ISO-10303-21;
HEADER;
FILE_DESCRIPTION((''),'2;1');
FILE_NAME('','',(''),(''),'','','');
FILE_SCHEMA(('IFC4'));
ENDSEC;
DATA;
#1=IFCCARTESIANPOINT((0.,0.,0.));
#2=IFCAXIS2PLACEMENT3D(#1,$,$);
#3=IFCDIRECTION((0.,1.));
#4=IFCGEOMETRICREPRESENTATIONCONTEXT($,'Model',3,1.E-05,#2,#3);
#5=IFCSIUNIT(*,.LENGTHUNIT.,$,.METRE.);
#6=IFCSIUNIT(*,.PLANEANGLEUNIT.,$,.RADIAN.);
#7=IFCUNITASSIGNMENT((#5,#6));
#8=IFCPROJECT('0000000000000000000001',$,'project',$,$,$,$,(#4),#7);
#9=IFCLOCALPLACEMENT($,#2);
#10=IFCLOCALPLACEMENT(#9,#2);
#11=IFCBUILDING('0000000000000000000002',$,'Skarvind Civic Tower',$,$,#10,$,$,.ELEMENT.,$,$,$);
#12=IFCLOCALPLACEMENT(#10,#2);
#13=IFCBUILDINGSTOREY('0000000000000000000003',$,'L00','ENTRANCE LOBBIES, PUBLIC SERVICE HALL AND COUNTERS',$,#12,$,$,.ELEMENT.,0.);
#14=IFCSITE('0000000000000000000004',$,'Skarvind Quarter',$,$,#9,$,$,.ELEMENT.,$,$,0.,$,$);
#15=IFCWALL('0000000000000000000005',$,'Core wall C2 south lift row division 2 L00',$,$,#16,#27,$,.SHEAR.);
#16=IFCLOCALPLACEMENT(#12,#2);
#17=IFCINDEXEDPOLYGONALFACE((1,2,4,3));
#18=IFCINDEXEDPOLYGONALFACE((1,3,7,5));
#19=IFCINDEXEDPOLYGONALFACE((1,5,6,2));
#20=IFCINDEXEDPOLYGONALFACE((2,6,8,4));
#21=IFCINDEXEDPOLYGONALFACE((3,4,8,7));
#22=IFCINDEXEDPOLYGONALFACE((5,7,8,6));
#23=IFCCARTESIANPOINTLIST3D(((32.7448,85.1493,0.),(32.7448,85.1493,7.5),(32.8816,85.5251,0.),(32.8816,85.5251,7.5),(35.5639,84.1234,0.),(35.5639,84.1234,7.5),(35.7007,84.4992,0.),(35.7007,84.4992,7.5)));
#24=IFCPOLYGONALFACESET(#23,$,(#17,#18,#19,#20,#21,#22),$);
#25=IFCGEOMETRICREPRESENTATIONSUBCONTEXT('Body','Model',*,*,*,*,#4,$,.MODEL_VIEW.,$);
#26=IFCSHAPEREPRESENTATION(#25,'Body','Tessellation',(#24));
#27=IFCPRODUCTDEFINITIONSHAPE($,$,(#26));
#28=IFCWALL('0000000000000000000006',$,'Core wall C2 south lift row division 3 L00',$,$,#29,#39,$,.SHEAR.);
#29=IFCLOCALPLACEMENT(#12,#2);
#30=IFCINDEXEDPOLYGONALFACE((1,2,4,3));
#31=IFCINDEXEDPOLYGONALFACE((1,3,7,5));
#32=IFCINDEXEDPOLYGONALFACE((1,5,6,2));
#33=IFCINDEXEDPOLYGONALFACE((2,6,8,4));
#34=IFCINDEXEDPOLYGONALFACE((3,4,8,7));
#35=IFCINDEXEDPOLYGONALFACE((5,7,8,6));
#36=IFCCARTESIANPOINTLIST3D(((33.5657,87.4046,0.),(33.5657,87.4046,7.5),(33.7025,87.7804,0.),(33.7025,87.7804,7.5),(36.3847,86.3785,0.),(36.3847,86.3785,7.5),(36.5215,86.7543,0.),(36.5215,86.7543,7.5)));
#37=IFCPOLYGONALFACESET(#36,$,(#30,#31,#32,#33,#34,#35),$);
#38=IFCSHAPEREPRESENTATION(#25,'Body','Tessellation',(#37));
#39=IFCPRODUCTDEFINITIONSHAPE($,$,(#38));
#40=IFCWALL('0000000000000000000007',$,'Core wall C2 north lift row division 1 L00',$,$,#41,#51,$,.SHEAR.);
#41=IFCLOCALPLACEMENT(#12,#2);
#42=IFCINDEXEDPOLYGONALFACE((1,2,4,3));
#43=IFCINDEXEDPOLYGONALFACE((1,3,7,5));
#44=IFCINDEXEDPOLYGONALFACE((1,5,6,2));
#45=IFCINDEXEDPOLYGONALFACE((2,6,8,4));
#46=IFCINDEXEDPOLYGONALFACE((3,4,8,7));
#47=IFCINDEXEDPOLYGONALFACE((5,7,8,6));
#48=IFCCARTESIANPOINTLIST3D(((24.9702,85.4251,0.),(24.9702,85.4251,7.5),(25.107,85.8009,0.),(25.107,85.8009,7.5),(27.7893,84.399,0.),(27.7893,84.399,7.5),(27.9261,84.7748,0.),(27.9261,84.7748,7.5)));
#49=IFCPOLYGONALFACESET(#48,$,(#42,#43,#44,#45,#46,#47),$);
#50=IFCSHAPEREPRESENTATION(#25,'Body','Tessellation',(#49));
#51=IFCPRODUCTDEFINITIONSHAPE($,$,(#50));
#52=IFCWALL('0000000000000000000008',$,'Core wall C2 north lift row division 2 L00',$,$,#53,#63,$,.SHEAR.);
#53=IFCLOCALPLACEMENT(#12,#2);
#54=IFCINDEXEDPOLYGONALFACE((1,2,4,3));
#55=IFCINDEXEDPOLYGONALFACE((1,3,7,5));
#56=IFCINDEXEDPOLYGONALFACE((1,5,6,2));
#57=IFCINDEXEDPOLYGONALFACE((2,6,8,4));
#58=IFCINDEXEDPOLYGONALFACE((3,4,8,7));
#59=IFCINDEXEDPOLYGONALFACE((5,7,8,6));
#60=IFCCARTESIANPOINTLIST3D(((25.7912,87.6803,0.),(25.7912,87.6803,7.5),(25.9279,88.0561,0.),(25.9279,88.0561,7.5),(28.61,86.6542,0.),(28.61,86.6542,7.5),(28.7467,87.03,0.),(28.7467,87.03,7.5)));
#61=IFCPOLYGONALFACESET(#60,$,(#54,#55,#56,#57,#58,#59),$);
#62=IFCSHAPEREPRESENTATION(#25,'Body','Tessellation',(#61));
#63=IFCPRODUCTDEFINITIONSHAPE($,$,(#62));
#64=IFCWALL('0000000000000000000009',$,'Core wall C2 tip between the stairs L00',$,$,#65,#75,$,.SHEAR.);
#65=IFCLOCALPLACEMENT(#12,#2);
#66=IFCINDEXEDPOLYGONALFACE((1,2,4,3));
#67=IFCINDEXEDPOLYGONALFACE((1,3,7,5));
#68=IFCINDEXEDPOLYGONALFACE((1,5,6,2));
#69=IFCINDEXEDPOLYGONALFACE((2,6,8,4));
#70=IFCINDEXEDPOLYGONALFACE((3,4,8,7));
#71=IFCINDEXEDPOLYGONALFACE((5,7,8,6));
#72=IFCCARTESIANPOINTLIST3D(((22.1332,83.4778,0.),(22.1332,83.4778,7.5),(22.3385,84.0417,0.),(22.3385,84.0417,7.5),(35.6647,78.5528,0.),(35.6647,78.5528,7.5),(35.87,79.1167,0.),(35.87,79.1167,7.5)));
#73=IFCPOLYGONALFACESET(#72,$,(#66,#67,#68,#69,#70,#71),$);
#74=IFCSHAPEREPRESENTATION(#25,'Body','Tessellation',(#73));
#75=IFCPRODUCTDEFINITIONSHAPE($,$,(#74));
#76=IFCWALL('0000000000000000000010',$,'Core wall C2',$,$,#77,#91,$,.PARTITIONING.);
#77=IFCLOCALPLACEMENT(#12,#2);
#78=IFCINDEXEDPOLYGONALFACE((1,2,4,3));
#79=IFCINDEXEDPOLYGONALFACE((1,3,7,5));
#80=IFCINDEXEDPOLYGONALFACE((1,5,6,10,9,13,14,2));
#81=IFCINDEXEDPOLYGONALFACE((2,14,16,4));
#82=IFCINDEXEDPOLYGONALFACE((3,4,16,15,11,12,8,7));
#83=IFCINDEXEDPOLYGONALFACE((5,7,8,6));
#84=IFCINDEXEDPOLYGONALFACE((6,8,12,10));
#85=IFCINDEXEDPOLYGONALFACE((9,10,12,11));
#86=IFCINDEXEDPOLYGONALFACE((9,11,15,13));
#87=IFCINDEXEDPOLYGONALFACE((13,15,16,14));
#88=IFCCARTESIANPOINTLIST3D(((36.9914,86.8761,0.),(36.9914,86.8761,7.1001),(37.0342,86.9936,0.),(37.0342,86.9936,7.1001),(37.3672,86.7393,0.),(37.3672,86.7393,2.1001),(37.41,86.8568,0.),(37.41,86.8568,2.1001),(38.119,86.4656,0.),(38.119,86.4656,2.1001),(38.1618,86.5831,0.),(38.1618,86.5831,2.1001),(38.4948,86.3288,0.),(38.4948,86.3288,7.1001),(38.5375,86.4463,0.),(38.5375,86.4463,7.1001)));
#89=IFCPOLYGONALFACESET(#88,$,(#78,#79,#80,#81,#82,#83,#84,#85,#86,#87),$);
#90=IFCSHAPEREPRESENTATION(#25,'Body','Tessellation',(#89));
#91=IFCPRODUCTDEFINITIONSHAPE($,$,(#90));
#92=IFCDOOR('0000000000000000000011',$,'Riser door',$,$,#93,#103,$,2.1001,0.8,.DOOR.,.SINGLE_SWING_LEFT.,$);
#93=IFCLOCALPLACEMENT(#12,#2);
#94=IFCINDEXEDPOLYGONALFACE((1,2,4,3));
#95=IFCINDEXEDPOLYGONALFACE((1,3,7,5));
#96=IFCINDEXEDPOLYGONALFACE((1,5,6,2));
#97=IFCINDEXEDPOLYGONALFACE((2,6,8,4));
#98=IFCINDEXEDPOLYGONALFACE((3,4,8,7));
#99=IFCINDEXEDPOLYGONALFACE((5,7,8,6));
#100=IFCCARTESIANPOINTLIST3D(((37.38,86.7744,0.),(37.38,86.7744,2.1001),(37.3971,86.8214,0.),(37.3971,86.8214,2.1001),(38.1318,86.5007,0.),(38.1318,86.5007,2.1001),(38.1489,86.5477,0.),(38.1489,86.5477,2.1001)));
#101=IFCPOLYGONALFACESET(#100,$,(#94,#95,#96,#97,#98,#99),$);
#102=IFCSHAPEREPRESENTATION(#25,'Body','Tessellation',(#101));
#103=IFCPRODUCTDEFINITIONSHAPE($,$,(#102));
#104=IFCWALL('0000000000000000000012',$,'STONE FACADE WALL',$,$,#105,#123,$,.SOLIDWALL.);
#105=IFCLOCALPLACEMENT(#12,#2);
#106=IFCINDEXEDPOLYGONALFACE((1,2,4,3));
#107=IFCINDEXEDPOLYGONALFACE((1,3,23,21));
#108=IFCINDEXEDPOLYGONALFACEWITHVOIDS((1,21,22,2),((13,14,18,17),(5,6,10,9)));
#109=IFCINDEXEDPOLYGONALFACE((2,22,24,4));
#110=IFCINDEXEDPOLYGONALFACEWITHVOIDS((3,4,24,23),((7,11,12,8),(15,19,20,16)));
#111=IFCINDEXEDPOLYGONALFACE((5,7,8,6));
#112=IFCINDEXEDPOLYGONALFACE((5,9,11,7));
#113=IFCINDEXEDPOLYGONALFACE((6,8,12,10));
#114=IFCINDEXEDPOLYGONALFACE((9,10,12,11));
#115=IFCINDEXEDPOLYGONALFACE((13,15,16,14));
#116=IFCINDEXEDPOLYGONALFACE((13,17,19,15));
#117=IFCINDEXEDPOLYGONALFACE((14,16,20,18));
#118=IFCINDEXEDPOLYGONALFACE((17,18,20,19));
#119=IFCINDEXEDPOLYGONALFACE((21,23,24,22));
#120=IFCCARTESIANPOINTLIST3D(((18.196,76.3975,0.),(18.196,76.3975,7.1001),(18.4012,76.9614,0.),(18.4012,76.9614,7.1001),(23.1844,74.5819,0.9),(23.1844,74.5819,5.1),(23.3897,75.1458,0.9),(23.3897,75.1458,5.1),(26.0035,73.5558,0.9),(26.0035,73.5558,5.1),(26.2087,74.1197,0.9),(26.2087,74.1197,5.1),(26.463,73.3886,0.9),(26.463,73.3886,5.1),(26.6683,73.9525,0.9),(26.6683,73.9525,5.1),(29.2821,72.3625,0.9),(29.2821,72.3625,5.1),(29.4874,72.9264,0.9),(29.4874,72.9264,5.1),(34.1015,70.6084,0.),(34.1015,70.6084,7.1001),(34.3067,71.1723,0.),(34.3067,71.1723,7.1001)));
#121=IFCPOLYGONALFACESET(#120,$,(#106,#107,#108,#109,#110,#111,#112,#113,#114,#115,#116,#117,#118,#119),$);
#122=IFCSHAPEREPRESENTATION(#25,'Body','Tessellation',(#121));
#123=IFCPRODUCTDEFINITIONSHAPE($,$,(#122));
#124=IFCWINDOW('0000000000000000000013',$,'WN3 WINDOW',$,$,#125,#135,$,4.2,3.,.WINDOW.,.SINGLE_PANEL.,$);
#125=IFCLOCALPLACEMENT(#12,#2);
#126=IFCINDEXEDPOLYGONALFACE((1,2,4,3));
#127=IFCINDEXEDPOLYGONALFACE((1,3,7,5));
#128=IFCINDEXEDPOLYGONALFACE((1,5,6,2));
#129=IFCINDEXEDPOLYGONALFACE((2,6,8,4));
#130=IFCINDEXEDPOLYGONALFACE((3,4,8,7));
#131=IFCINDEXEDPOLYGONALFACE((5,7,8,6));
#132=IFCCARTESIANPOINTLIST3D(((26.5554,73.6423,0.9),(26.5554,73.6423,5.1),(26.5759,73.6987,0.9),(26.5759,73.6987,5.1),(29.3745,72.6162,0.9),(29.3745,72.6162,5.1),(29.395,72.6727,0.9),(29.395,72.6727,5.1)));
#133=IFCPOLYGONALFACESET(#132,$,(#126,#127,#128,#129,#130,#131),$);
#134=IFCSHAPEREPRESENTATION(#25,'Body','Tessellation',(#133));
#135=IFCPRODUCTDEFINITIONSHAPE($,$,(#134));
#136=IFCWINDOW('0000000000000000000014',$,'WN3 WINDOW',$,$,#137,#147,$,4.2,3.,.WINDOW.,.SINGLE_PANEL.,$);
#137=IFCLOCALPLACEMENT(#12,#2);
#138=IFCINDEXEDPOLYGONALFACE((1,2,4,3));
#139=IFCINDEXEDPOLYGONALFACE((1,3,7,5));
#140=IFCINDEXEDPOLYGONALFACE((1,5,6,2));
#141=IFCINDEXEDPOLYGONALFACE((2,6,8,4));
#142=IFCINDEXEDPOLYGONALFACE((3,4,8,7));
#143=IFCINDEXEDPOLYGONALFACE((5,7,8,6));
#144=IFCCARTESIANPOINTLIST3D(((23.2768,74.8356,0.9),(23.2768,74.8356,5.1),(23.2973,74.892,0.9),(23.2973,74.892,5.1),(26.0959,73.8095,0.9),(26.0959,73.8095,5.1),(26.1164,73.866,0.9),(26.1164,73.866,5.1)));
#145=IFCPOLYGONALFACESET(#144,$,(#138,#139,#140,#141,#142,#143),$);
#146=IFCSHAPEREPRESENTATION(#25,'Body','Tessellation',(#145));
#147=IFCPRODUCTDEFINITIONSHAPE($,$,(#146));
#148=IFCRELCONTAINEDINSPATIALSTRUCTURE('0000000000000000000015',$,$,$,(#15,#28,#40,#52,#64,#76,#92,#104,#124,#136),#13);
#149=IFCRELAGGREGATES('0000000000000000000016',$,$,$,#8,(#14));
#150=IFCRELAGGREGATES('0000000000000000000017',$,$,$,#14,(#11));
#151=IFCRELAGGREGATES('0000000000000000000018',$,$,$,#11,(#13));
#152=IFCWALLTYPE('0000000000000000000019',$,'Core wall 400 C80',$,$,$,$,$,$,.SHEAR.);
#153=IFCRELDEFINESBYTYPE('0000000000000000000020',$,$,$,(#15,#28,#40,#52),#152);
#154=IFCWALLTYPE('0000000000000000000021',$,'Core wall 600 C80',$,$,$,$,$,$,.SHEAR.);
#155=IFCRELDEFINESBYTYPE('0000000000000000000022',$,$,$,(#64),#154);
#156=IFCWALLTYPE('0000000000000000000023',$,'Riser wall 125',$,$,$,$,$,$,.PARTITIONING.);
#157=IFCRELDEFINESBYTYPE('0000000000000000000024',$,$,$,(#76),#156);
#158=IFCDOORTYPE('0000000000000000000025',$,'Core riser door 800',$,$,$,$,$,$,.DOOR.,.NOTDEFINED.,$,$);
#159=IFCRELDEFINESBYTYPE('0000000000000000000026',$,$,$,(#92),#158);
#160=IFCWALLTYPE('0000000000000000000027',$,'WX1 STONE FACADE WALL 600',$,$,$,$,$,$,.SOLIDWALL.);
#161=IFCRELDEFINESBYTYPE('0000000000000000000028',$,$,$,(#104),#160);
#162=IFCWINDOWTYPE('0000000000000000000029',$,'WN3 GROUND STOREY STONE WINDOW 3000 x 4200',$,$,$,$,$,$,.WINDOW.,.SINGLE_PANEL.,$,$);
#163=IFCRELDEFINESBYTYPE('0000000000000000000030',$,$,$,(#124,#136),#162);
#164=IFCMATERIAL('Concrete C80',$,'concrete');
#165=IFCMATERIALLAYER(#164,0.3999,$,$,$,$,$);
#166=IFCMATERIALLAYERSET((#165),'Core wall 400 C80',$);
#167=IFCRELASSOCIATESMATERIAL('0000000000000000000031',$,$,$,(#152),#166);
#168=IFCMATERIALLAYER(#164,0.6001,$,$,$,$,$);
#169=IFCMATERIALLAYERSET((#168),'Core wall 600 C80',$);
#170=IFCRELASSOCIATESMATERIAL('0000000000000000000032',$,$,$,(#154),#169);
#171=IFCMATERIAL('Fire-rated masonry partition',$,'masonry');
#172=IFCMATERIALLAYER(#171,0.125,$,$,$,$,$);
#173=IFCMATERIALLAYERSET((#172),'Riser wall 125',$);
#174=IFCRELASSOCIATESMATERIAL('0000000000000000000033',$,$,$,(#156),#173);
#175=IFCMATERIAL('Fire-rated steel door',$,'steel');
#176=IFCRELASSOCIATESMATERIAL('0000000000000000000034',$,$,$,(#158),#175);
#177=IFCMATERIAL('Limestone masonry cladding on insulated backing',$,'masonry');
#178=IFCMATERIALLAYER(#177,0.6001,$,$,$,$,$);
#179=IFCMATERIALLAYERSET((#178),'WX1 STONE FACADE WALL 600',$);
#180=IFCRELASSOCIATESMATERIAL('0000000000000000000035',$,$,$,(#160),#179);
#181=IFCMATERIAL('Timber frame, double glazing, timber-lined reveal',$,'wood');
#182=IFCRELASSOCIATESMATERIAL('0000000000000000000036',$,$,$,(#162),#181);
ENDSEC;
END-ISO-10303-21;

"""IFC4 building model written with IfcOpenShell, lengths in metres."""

from ifc_helpers import new_model, si_unit, direction, frame, frame_2d, origin, place, context, subcontext, project, spatial, rectangle, extrude, material, layer, layer_set, type_object, element, fill, save


model = new_model("IFC4")

# Units and contexts
model_context = context("Model", 3, precision=1e-05, world=origin(), true_north=direction((0.0, 1.0)))
body_context = subcontext(model_context, "Body", "Model", "MODEL_VIEW")
ifc_project = project(units=[si_unit("LENGTHUNIT", "METRE"), si_unit("PLANEANGLEUNIT", "RADIAN")], contexts=[model_context])

# Site, building, storey
site_placement = place(None, origin())
site = spatial("IfcSite", under=ifc_project, at=site_placement, Name="Skarvind Quarter", CompositionType="ELEMENT", RefElevation=0.0)
building_placement = place(site_placement, origin())
building = spatial("IfcBuilding", under=site, at=building_placement, Name="Skarvind Civic Tower", CompositionType="ELEMENT")
storey_placement = place(building_placement, origin())
storey = spatial("IfcBuildingStorey", under=building, at=storey_placement, Name="L00", Description="ENTRANCE LOBBIES, PUBLIC SERVICE HALL AND COUNTERS", CompositionType="ELEMENT", Elevation=0.0)

# Shared definitions
ifc_material_1 = material(Name="Concrete C80", Category="concrete")
ifc_layer_1 = layer(ifc_material_1, 0.3999)
ifc_layer_set_1 = layer_set([ifc_layer_1], Name="Core wall 400 C80")
wall_type_1 = type_object("IfcWallType", Name="Core wall 400 C80", PredefinedType="SHEAR", material=ifc_layer_set_1)

# Walls
for number, where, z_axis, x_axis, name in (
    (1, (35.6323, 84.3113, 0.0), (0.0, 0.0, 1.0), (-0.939713, 0.341965, 0.0), "Core wall C2 south lift row division 2 L00"),
    (2, (36.4531, 86.5664, 0.0), (0.0, 0.0, 1.0), (-0.939686, 0.342037, 0.0), "Core wall C2 south lift row division 3 L00"),
    (3, (27.8577, 84.5869, 0.0), (0.0, 0.0, 1.0), (-0.939686, 0.342037, 0.0), "Core wall C2 north lift row division 1 L00"),
):
    element("IfcWall", number, at=place(storey_placement, frame(where, z_axis=z_axis, x_axis=x_axis)), inside=storey, type_object=wall_type_1, Name=name, PredefinedType="SHEAR", context=body_context, shape_type="SweptSolid", body=[
        extrude(rectangle(XDim=3.0, YDim=0.3999, at=frame_2d((1.5, 0.0))), origin(), (0.0, 0.0, 1.0), 7.5),
    ])
wall_1_placement = place(storey_placement, frame((28.6785, 86.842, 0.0), z_axis=(0.0, 0.0, 1.0), x_axis=(-0.939677, 0.342063, 0.0)))
element("IfcWall", 4, at=wall_1_placement, inside=storey, type_object=wall_type_1, Name="Core wall C2 north lift row division 2 L00", PredefinedType="SHEAR", context=body_context, shape_type="SweptSolid", body=[
    extrude(rectangle(XDim=2.9998, YDim=0.3999, at=frame_2d((1.5, 0.0))), origin(), (0.0, 0.0, 1.0), 7.5),
])
ifc_layer_2 = layer(ifc_material_1, 0.6001)
ifc_layer_set_2 = layer_set([ifc_layer_2], Name="Core wall 600 C80")
wall_type_2 = type_object("IfcWallType", Name="Core wall 600 C80", PredefinedType="SHEAR", material=ifc_layer_set_2)
wall_2_placement = place(storey_placement, frame((35.7673, 78.8347, 0.0), z_axis=(0.0, 0.0, 1.0), x_axis=(-0.939693, 0.342019, 0.0)))
element("IfcWall", 5, at=wall_2_placement, inside=storey, type_object=wall_type_2, Name="Core wall C2 tip between the stairs L00", PredefinedType="SHEAR", context=body_context, shape_type="SweptSolid", body=[
    extrude(rectangle(XDim=14.3999, YDim=0.6001, at=frame_2d((7.2, 0.0))), origin(), (0.0, 0.0, 1.0), 7.5),
])

# Wall, opening, door
ifc_material_2 = material(Name="Fire-rated masonry partition", Category="masonry")
ifc_layer_3 = layer(ifc_material_2, 0.125)
ifc_layer_set_3 = layer_set([ifc_layer_3], Name="Riser wall 125")
wall_type_3 = type_object("IfcWallType", Name="Riser wall 125", PredefinedType="PARTITIONING", material=ifc_layer_set_3)
wall_3_placement = place(storey_placement, frame((37.0129, 86.9348, 0.0), z_axis=(0.0, 0.0, 1.0), x_axis=(0.93966, -0.342111, 0.0)))
wall_3 = element("IfcWall", 6, at=wall_3_placement, inside=storey, type_object=wall_type_3, Name="Core wall C2", PredefinedType="PARTITIONING", context=body_context, shape_type="SweptSolid", body=[
    extrude(rectangle(XDim=1.5999, YDim=0.125, at=frame_2d((0.7998, 0.0))), origin(), (0.0, 0.0, 1.0), 7.1001),
])
opening_1_placement = place(wall_3_placement, frame((0.3999, 0.0, 0.0)))
opening_1 = element("IfcOpeningElement", 7, at=opening_1_placement, cuts=wall_3, PredefinedType="OPENING", context=body_context, shape_type="SweptSolid", body=[
    extrude(rectangle(XDim=0.8, YDim=2.1001, at=frame_2d((0.3999, 1.05))), frame((0.0, 0.0725, 0.0), z_axis=(0.0, -1.0, 0.0), x_axis=(1.0, 0.0, 0.0)), (0.0, 0.0, 1.0), 0.145),
])
ifc_material_3 = material(Name="Fire-rated steel door", Category="steel")
door_type_1 = type_object("IfcDoorType", Name="Core riser door 800", OperationType="NOTDEFINED", PredefinedType="DOOR", material=ifc_material_3)
door_1_placement = place(opening_1_placement, origin())
door_1 = element("IfcDoor", 8, at=door_1_placement, inside=storey, type_object=door_type_1, Name="Riser door", OperationType="SINGLE_SWING_LEFT", OverallHeight=2.1001, OverallWidth=0.8, PredefinedType="DOOR", context=body_context, shape_type="SweptSolid", body=[
    extrude(rectangle(XDim=0.8, YDim=2.1001, at=frame_2d((0.3999, 1.05))), frame((0.0, 0.0249, 0.0), z_axis=(0.0, -1.0, 0.0), x_axis=(1.0, 0.0, 0.0)), (0.0, 0.0, 1.0), 0.05),
])
fill(opening_1, door_1)

# Wall, openings, windows
ifc_material_4 = material(Name="Limestone masonry cladding on insulated backing", Category="masonry")
ifc_layer_4 = layer(ifc_material_4, 0.6001)
ifc_layer_set_4 = layer_set([ifc_layer_4], Name="WX1 STONE FACADE WALL 600")
wall_type_4 = type_object("IfcWallType", Name="WX1 STONE FACADE WALL 600", PredefinedType="SOLIDWALL", material=ifc_layer_set_4)
wall_4_placement = place(storey_placement, frame((34.2041, 70.8904, 0.0), z_axis=(0.0, 0.0, 1.0), x_axis=(-0.939694, 0.342016, 0.0)))
wall_4 = element("IfcWall", 9, at=wall_4_placement, inside=storey, type_object=wall_type_4, Name="STONE FACADE WALL", PredefinedType="SOLIDWALL", context=body_context, shape_type="SweptSolid", body=[
    extrude(rectangle(XDim=16.9263, YDim=0.6001, at=frame_2d((8.4631, 0.0))), origin(), (0.0, 0.0, 1.0), 7.1001),
])
opening_2_placement = place(wall_4_placement, frame((5.1287, 0.0, 0.8999)))
opening_2 = element("IfcOpeningElement", 10, at=opening_2_placement, cuts=wall_4, PredefinedType="OPENING", context=body_context, shape_type="SweptSolid", body=[
    extrude(rectangle(XDim=3.0, YDim=4.2, at=frame_2d((1.5, 2.1001))), frame((0.0, 0.3101, 0.0), z_axis=(0.0, -1.0, 0.0), x_axis=(1.0, 0.0, 0.0)), (0.0, 0.0, 1.0), 0.6201),
])
opening_3_placement = place(wall_4_placement, frame((8.6177, 0.0, 0.8999)))
opening_3 = element("IfcOpeningElement", 11, at=opening_3_placement, cuts=wall_4, PredefinedType="OPENING", context=body_context, shape_type="SweptSolid", body=[
    extrude(rectangle(XDim=3.0, YDim=4.2, at=frame_2d((1.5, 2.1001))), frame((0.0, 0.3101, 0.0), z_axis=(0.0, -1.0, 0.0), x_axis=(1.0, 0.0, 0.0)), (0.0, 0.0, 1.0), 0.6201),
])
ifc_material_5 = material(Name="Timber frame, double glazing, timber-lined reveal", Category="wood")
window_type = type_object("IfcWindowType", Name="WN3 GROUND STOREY STONE WINDOW 3000 x 4200", PartitioningType="SINGLE_PANEL", PredefinedType="WINDOW", material=ifc_material_5)
window_1_placement = place(opening_2_placement, origin())
window_1 = element("IfcWindow", 12, at=window_1_placement, inside=storey, type_object=window_type, Name="WN3 WINDOW", OverallHeight=4.2, OverallWidth=3.0, PartitioningType="SINGLE_PANEL", PredefinedType="WINDOW", context=body_context, shape_type="SweptSolid", body=[
    extrude(rectangle(XDim=3.0, YDim=4.2, at=frame_2d((1.5, 2.1001))), frame((0.0, 0.03, 0.0), z_axis=(0.0, -1.0, 0.0), x_axis=(1.0, 0.0, 0.0)), (0.0, 0.0, 1.0), 0.0601),
])
fill(opening_2, window_1)
window_2_placement = place(opening_3_placement, origin())
window_2 = element("IfcWindow", 13, at=window_2_placement, inside=storey, type_object=window_type, Name="WN3 WINDOW", OverallHeight=4.2, OverallWidth=3.0, PartitioningType="SINGLE_PANEL", PredefinedType="WINDOW", context=body_context, shape_type="SweptSolid", body=[
    extrude(rectangle(XDim=3.0, YDim=4.2, at=frame_2d((1.5, 2.1001))), frame((0.0, 0.03, 0.0), z_axis=(0.0, -1.0, 0.0), x_axis=(1.0, 0.0, 0.0)), (0.0, 0.0, 1.0), 0.0601),
])
fill(opening_3, window_2)

save(model, "model.ifc")
